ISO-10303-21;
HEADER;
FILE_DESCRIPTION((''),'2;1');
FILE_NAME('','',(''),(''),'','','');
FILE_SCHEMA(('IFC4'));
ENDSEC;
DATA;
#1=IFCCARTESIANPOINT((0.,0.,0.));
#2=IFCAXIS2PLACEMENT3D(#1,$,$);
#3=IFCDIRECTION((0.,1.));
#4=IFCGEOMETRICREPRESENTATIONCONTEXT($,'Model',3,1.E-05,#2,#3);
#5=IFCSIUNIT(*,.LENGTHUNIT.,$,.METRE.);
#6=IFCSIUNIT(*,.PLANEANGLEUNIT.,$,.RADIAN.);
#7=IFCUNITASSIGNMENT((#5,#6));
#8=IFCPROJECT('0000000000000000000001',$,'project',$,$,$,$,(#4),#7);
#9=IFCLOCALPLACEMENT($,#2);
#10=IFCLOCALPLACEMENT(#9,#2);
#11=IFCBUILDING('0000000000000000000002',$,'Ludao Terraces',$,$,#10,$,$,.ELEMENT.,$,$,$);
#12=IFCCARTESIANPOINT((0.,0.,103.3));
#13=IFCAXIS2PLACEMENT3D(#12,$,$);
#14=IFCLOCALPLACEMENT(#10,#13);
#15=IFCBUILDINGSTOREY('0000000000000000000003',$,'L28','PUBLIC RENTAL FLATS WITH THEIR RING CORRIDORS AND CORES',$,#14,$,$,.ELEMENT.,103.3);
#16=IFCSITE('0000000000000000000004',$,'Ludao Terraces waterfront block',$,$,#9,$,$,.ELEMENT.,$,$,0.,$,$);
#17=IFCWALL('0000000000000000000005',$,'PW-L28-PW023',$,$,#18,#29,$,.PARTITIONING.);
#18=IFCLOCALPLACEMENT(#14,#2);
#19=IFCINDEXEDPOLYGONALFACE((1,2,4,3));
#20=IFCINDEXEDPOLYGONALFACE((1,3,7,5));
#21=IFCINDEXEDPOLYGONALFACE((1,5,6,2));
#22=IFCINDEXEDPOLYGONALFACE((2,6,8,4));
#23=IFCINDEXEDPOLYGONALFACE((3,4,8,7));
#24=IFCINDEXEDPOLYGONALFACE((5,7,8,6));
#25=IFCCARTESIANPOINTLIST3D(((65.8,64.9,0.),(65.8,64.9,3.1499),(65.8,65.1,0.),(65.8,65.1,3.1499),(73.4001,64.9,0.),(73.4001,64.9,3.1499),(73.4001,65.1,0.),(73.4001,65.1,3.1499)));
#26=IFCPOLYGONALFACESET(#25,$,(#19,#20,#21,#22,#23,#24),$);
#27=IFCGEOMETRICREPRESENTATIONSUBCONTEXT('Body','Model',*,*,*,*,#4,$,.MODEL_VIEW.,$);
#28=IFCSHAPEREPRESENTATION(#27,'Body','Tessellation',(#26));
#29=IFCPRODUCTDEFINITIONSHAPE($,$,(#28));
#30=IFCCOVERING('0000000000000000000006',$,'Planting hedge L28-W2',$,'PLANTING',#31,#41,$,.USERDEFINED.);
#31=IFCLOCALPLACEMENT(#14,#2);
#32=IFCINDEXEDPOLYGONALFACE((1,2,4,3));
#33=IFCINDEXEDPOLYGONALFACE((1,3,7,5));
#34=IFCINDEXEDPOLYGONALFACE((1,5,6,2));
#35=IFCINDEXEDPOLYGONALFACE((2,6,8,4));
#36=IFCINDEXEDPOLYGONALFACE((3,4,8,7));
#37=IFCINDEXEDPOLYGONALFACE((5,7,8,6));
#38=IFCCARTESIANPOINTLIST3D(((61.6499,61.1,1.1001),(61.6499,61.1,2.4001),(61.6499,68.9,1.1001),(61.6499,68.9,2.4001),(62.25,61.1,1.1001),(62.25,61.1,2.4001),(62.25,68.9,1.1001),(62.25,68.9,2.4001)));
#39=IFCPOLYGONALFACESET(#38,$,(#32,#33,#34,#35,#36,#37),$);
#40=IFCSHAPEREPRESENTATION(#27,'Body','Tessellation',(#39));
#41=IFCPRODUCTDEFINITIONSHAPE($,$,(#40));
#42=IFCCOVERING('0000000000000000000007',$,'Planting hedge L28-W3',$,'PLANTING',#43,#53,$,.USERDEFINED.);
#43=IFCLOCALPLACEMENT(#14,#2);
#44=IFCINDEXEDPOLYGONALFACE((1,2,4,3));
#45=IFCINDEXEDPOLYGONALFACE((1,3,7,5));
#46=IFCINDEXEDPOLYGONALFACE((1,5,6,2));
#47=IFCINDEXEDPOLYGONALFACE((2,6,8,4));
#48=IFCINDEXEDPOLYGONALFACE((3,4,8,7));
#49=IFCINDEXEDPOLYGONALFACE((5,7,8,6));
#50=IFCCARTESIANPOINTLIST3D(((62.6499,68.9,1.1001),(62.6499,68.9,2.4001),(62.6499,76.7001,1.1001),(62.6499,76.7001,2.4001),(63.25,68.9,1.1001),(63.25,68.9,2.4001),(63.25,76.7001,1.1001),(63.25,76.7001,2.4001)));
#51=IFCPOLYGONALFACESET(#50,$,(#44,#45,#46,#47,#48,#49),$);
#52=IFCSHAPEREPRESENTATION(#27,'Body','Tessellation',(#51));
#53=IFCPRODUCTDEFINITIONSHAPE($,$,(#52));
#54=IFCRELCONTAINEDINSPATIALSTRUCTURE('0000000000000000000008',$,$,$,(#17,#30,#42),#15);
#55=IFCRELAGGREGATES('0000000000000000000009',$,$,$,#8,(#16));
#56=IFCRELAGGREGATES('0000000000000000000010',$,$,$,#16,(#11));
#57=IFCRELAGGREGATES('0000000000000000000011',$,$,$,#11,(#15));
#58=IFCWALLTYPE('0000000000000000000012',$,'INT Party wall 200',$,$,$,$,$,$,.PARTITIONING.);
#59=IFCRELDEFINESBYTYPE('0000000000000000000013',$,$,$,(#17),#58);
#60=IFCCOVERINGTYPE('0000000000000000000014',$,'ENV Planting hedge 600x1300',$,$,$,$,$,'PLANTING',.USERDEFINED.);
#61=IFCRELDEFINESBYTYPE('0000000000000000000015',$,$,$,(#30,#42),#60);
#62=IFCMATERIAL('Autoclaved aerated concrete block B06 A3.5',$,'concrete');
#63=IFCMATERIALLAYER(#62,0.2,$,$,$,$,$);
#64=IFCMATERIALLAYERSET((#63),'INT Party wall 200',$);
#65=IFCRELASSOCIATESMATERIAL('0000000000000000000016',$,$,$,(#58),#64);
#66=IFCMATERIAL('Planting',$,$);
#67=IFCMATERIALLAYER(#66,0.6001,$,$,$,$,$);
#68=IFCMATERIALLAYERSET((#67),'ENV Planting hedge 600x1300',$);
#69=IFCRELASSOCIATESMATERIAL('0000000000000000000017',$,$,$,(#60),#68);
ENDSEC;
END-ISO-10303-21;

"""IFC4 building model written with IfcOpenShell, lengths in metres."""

from ifc_helpers import new_model, si_unit, direction, frame, frame_2d, origin, origin_2d, place, context, subcontext, project, spatial, rectangle, extrude, material, layer, layer_set, type_object, element, save


model = new_model("IFC4")

# Units and contexts
model_context = context("Model", 3, precision=1e-05, world=origin(), true_north=direction((0.0, 1.0)))
body_context = subcontext(model_context, "Body", "Model", "MODEL_VIEW")
ifc_project = project(units=[si_unit("LENGTHUNIT", "METRE"), si_unit("PLANEANGLEUNIT", "RADIAN")], contexts=[model_context])

# Site, building, storey
site_placement = place(None, origin())
site = spatial("IfcSite", under=ifc_project, at=site_placement, Name="Ludao Terraces waterfront block", CompositionType="ELEMENT", RefElevation=0.0)
building_placement = place(site_placement, origin())
building = spatial("IfcBuilding", under=site, at=building_placement, Name="Ludao Terraces", CompositionType="ELEMENT")
storey_placement = place(building_placement, frame((0.0, 0.0, 103.3)))
storey = spatial("IfcBuildingStorey", under=building, at=storey_placement, Name="L28", Description="PUBLIC RENTAL FLATS WITH THEIR RING CORRIDORS AND CORES", CompositionType="ELEMENT", Elevation=103.3)

# Wall
ifc_material_1 = material(Name="Autoclaved aerated concrete block B06 A3.5", Category="concrete")
ifc_layer_1 = layer(ifc_material_1, 0.2)
ifc_layer_set_1 = layer_set([ifc_layer_1], Name="INT Party wall 200")
wall_type_1 = type_object("IfcWallType", Name="INT Party wall 200", PredefinedType="PARTITIONING", material=ifc_layer_set_1)
wall_1_placement = place(storey_placement, frame((65.8, 65.0, 0.0), z_axis=(0.0, 0.0, 1.0), x_axis=(1.0, 0.0, 0.0)))
element("IfcWall", 1, at=wall_1_placement, inside=storey, type_object=wall_type_1, Name="PW-L28-PW023", PredefinedType="PARTITIONING", context=body_context, shape_type="SweptSolid", body=[
    extrude(rectangle(XDim=7.6001, YDim=0.2, at=frame_2d((3.8, 0.0))), origin(), (0.0, 0.0, 1.0), 3.1499),
])

# Coverings
ifc_material_2 = material(Name="Planting")
ifc_layer_2 = layer(ifc_material_2, 0.6001)
ifc_layer_set_2 = layer_set([ifc_layer_2], Name="ENV Planting hedge 600x1300")
covering_type = type_object("IfcCoveringType", Name="ENV Planting hedge 600x1300", ElementType="PLANTING", PredefinedType="USERDEFINED", material=ifc_layer_set_2)
for number, where, z_axis, x_axis, name in (
    (2, (61.95, 65.0, 1.1001), (0.0, 0.0, 1.0), (1.0, 0.0, 0.0), "Planting hedge L28-W2"),
    (3, (62.95, 72.8, 1.1001), (0.0, 0.0, 1.0), (1.0, 0.0, 0.0), "Planting hedge L28-W3"),
):
    element("IfcCovering", number, at=place(storey_placement, frame(where, z_axis=z_axis, x_axis=x_axis)), inside=storey, type_object=covering_type, Name=name, ObjectType="PLANTING", PredefinedType="USERDEFINED", context=body_context, shape_type="SweptSolid", body=[
        extrude(rectangle(XDim=0.6001, YDim=7.8, at=origin_2d()), origin(), (0.0, 0.0, 1.0), 1.3),
    ])

save(model, "model.ifc")
